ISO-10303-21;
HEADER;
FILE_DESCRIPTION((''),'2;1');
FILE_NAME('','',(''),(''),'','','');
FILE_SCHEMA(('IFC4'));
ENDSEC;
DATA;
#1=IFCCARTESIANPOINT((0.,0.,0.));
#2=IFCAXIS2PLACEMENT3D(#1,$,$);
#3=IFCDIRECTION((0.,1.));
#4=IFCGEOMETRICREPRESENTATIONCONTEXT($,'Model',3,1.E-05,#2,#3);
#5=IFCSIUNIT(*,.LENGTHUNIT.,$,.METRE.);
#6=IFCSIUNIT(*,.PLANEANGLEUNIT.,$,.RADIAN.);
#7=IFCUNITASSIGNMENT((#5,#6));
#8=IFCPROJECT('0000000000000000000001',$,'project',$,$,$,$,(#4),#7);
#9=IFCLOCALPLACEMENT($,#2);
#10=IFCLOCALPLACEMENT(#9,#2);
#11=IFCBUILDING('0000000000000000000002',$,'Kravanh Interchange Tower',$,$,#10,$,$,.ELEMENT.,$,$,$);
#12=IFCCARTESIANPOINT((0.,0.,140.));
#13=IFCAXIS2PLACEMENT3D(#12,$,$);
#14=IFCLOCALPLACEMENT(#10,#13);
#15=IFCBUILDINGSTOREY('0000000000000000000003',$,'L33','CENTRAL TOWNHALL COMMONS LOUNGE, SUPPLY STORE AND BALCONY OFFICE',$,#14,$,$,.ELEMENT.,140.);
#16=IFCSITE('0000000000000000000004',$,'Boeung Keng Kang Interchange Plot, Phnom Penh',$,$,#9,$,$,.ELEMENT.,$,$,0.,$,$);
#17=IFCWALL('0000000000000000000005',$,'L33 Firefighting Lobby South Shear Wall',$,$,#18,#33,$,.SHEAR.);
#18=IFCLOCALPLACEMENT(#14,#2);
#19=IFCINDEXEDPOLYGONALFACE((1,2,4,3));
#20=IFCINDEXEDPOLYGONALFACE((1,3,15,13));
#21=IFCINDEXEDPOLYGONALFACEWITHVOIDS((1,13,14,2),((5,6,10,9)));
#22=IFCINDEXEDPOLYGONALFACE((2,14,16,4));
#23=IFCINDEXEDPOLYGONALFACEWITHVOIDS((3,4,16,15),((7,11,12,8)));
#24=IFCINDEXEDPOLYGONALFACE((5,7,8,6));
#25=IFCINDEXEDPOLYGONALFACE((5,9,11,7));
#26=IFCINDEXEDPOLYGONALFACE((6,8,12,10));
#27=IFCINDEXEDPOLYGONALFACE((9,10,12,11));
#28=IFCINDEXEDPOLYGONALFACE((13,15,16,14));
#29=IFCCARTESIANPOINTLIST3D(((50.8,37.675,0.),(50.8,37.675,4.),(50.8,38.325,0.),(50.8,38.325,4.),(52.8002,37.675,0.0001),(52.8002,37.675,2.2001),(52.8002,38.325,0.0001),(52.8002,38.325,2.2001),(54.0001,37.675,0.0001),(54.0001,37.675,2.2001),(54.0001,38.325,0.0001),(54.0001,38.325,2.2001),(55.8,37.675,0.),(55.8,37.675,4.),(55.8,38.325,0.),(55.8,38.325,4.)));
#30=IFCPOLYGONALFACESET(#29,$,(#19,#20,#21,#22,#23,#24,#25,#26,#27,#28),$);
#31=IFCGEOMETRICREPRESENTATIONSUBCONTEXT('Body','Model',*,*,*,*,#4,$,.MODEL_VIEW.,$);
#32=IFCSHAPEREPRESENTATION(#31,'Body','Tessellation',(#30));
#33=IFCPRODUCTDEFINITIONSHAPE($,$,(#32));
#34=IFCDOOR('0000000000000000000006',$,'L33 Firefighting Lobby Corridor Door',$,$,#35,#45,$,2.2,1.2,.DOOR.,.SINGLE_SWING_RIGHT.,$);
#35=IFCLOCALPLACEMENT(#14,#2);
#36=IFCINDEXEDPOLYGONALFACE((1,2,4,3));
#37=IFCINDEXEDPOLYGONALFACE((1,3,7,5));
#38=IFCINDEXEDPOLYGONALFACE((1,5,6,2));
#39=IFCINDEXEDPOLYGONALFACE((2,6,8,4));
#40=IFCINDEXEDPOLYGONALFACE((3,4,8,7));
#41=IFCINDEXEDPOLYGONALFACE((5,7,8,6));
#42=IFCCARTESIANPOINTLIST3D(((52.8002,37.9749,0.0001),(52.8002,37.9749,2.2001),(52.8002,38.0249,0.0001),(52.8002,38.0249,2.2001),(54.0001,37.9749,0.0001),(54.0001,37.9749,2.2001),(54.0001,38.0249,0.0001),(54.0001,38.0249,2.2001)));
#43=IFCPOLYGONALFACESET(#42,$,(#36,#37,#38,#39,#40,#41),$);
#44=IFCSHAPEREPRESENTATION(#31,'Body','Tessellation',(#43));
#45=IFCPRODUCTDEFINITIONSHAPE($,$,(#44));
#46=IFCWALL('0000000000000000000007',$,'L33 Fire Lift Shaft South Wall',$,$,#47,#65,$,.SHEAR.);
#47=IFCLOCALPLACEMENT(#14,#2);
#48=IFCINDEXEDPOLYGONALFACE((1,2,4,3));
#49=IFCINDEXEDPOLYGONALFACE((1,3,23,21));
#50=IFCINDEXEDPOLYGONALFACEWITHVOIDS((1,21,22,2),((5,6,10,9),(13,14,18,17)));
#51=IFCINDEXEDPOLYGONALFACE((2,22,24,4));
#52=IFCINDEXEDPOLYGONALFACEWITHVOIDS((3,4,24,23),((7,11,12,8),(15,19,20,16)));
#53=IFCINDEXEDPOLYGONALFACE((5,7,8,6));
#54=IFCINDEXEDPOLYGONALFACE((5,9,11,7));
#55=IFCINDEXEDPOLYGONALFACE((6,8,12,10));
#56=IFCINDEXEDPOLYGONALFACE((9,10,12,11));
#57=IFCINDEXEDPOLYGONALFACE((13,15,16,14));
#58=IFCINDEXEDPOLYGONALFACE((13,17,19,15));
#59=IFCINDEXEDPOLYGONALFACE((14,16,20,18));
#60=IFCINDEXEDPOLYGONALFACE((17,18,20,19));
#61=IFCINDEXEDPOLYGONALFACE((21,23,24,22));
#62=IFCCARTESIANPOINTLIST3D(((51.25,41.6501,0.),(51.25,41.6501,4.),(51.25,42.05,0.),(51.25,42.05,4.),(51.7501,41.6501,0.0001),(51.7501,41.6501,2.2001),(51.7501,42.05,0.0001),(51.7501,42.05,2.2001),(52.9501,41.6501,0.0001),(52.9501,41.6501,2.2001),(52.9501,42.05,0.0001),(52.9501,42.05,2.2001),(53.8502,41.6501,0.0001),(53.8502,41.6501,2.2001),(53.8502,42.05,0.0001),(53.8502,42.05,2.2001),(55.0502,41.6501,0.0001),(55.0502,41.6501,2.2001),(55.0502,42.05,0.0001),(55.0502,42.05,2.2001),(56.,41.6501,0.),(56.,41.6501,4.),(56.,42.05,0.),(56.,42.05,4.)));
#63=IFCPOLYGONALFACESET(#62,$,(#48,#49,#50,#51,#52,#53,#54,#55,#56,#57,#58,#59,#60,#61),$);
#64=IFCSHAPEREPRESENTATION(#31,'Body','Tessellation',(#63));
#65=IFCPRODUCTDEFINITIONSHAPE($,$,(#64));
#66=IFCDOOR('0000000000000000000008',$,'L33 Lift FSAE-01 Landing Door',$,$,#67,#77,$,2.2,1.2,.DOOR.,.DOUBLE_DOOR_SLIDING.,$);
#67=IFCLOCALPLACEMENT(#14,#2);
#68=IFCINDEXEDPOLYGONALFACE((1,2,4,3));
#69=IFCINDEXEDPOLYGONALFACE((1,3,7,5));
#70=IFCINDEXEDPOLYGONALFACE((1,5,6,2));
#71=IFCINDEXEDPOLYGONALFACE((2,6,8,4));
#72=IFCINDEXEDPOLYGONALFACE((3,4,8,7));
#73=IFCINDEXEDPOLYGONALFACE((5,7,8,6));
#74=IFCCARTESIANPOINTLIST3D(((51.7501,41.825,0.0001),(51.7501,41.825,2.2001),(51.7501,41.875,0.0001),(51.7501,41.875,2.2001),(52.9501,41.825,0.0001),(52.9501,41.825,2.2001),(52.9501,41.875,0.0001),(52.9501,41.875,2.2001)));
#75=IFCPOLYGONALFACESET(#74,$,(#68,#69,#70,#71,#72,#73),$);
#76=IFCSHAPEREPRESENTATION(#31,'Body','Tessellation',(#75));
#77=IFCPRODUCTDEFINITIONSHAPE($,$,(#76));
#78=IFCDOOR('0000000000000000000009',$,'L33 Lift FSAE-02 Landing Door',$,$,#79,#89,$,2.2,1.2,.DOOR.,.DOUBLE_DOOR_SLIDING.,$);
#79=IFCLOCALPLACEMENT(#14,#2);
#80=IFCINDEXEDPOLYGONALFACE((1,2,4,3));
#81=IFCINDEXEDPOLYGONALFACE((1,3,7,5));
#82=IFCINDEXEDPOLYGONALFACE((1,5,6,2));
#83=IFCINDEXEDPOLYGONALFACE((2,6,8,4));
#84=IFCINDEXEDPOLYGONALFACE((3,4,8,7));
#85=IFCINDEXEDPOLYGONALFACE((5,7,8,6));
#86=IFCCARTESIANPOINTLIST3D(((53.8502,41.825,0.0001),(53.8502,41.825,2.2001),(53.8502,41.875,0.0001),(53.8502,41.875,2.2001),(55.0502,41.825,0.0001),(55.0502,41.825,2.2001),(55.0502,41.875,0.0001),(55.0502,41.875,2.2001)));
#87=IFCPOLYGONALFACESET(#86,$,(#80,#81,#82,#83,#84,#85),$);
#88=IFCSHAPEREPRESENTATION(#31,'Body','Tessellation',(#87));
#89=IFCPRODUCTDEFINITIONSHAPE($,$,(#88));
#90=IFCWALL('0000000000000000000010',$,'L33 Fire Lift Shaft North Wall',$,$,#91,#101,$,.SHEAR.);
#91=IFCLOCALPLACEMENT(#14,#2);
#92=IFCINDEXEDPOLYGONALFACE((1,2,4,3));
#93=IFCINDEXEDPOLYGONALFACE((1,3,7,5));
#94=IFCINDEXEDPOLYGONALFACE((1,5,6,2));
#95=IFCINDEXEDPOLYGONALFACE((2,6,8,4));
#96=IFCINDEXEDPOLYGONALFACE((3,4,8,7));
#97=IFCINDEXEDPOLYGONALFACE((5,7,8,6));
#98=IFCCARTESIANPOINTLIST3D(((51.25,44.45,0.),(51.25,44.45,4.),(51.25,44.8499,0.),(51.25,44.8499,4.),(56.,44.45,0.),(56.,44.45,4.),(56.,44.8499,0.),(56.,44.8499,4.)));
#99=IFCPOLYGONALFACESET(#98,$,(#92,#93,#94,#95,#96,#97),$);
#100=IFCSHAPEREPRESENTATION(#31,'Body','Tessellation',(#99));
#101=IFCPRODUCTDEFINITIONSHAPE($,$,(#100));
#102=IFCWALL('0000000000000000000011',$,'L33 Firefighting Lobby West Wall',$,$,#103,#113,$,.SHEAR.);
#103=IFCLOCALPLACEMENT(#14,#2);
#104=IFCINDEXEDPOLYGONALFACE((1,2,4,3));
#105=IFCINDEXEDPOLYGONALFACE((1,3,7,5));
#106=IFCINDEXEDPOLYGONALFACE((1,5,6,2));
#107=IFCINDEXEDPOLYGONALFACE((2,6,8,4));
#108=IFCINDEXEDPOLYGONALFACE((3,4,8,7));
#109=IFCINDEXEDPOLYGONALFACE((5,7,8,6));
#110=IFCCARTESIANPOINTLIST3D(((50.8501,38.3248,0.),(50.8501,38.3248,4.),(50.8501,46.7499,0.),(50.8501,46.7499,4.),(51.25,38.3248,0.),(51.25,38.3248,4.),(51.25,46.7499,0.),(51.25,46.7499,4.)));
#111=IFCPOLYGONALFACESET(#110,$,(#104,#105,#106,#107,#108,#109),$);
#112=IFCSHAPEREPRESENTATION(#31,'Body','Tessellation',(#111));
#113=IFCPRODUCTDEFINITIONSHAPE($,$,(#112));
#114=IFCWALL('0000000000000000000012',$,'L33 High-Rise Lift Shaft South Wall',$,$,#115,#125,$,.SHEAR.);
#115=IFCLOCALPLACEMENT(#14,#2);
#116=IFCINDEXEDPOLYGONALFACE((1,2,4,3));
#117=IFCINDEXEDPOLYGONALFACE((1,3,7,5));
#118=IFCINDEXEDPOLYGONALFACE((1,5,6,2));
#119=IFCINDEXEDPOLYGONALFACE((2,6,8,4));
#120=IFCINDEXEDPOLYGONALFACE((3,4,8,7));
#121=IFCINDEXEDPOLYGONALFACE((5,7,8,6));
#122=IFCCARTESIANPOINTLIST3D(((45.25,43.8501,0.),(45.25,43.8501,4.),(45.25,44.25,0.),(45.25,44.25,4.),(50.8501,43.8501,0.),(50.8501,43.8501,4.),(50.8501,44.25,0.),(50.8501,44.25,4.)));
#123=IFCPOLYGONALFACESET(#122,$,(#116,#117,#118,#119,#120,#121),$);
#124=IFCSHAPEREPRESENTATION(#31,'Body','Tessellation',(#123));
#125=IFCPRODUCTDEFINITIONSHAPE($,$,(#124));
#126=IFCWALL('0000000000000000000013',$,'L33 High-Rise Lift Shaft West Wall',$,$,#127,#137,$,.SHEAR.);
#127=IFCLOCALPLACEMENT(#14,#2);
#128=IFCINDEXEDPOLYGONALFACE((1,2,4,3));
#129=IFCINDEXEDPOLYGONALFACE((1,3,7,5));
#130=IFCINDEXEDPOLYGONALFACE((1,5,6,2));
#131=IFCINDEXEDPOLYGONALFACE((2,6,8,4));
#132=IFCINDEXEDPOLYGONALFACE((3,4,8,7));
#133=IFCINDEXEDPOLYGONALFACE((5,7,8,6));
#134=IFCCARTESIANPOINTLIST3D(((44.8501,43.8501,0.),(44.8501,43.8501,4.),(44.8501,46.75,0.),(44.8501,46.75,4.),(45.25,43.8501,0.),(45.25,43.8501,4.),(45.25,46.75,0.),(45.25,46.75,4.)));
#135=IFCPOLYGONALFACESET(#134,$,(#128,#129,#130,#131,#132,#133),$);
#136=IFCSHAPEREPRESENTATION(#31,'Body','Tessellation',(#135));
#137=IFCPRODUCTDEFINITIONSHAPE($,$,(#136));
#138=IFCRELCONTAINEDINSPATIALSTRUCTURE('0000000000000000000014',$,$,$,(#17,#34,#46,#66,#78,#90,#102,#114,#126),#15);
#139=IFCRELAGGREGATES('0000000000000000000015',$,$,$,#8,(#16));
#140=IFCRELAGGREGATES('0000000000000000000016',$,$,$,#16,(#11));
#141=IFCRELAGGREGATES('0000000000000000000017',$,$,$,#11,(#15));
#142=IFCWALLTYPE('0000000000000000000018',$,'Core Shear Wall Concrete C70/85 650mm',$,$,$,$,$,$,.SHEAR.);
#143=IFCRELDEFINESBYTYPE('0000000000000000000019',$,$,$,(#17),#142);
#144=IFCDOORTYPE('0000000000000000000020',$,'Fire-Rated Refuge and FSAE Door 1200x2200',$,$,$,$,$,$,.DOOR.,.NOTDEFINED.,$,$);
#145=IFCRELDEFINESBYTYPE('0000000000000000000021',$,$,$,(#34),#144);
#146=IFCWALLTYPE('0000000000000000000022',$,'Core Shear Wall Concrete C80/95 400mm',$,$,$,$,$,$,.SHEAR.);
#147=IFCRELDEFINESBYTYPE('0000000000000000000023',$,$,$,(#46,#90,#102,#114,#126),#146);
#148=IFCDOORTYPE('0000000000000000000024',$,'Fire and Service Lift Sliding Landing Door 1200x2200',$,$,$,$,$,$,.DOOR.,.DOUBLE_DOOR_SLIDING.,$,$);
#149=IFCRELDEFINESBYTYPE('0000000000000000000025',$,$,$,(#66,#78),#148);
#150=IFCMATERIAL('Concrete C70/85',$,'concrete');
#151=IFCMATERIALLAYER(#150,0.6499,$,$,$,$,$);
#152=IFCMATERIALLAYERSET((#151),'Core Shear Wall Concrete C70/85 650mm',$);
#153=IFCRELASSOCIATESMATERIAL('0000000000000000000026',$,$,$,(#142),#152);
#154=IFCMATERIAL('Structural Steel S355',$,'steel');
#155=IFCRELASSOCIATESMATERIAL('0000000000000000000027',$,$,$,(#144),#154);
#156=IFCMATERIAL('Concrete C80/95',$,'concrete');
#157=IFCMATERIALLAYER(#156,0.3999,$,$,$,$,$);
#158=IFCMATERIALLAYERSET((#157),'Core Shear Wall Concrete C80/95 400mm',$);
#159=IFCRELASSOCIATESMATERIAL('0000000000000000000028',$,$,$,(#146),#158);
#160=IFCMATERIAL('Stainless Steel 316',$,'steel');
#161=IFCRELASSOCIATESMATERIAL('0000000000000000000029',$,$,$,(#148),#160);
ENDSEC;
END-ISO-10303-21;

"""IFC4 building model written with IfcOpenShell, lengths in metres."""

from ifc_helpers import new_model, si_unit, direction, frame, frame_2d, origin, place, context, subcontext, project, spatial, rectangle, extrude, material, layer, layer_set, type_object, element, fill, save


model = new_model("IFC4")

# Units and contexts
model_context = context("Model", 3, precision=1e-05, world=origin(), true_north=direction((0.0, 1.0)))
body_context = subcontext(model_context, "Body", "Model", "MODEL_VIEW")
ifc_project = project(units=[si_unit("LENGTHUNIT", "METRE"), si_unit("PLANEANGLEUNIT", "RADIAN")], contexts=[model_context])

# Site, building, storey
site_placement = place(None, origin())
site = spatial("IfcSite", under=ifc_project, at=site_placement, Name="Boeung Keng Kang Interchange Plot, Phnom Penh", CompositionType="ELEMENT", RefElevation=0.0)
building_placement = place(site_placement, origin())
building = spatial("IfcBuilding", under=site, at=building_placement, Name="Kravanh Interchange Tower", CompositionType="ELEMENT")
storey_placement = place(building_placement, frame((0.0, 0.0, 140.0)))
storey = spatial("IfcBuildingStorey", under=building, at=storey_placement, Name="L33", Description="CENTRAL TOWNHALL COMMONS LOUNGE, SUPPLY STORE AND BALCONY OFFICE", CompositionType="ELEMENT", Elevation=140.0)

# Shared definitions
ifc_material_1 = material(Name="Concrete C70/85", Category="concrete")
ifc_layer_1 = layer(ifc_material_1, 0.6499)
ifc_layer_set_1 = layer_set([ifc_layer_1], Name="Core Shear Wall Concrete C70/85 650mm")
wall_type_1 = type_object("IfcWallType", Name="Core Shear Wall Concrete C70/85 650mm", PredefinedType="SHEAR", material=ifc_layer_set_1)

# Wall, opening, door
wall_1_placement = place(storey_placement, frame((50.8, 38.0, 0.0), z_axis=(0.0, 0.0, 1.0), x_axis=(1.0, 0.0, 0.0)))
wall_1 = element("IfcWall", 1, at=wall_1_placement, inside=storey, type_object=wall_type_1, Name="L33 Firefighting Lobby South Shear Wall", PredefinedType="SHEAR", context=body_context, shape_type="SweptSolid", body=[
    extrude(rectangle(XDim=5.0, YDim=0.6499, at=frame_2d((2.5, 0.0))), origin(), (0.0, 0.0, 1.0), 4.0),
])
opening_1_placement = place(wall_1_placement, frame((2.0, 0.0, 0.0)))
opening_1 = element("IfcOpeningElement", 2, at=opening_1_placement, cuts=wall_1, PredefinedType="OPENING", context=body_context, shape_type="SweptSolid", body=[
    extrude(rectangle(XDim=1.2, YDim=2.2, at=frame_2d((0.6001, 1.1001))), frame((0.0, 0.335, 0.0), z_axis=(0.0, -1.0, 0.0), x_axis=(1.0, 0.0, 0.0)), (0.0, 0.0, 1.0), 0.6699),
])
ifc_material_2 = material(Name="Structural Steel S355", Category="steel")
door_type_1 = type_object("IfcDoorType", Name="Fire-Rated Refuge and FSAE Door 1200x2200", OperationType="NOTDEFINED", PredefinedType="DOOR", material=ifc_material_2)
door_1_placement = place(opening_1_placement, origin())
door_1 = element("IfcDoor", 3, at=door_1_placement, inside=storey, type_object=door_type_1, Name="L33 Firefighting Lobby Corridor Door", OperationType="SINGLE_SWING_RIGHT", OverallHeight=2.2, OverallWidth=1.2, PredefinedType="DOOR", context=body_context, shape_type="SweptSolid", body=[
    extrude(rectangle(XDim=1.2, YDim=2.2, at=frame_2d((0.6001, 1.1001))), frame((0.0, 0.0249, 0.0), z_axis=(0.0, -1.0, 0.0), x_axis=(1.0, 0.0, 0.0)), (0.0, 0.0, 1.0), 0.05),
])
fill(opening_1, door_1)

# Wall, openings, doors
ifc_material_3 = material(Name="Concrete C80/95", Category="concrete")
ifc_layer_2 = layer(ifc_material_3, 0.3999)
ifc_layer_set_2 = layer_set([ifc_layer_2], Name="Core Shear Wall Concrete C80/95 400mm")
wall_type_2 = type_object("IfcWallType", Name="Core Shear Wall Concrete C80/95 400mm", PredefinedType="SHEAR", material=ifc_layer_set_2)
wall_2_placement = place(storey_placement, frame((51.25, 41.8501, 0.0), z_axis=(0.0, 0.0, 1.0), x_axis=(1.0, 0.0, 0.0)))
wall_2 = element("IfcWall", 4, at=wall_2_placement, inside=storey, type_object=wall_type_2, Name="L33 Fire Lift Shaft South Wall", PredefinedType="SHEAR", context=body_context, shape_type="SweptSolid", body=[
    extrude(rectangle(XDim=4.75, YDim=0.3999, at=frame_2d((2.375, 0.0))), origin(), (0.0, 0.0, 1.0), 4.0),
])
opening_2_placement = place(wall_2_placement, frame((0.5, 0.0, 0.0)))
opening_2 = element("IfcOpeningElement", 5, at=opening_2_placement, cuts=wall_2, PredefinedType="OPENING", context=body_context, shape_type="SweptSolid", body=[
    extrude(rectangle(XDim=1.2, YDim=2.2, at=frame_2d((0.6001, 1.1001))), frame((0.0, 0.21, 0.0), z_axis=(0.0, -1.0, 0.0), x_axis=(1.0, 0.0, 0.0)), (0.0, 0.0, 1.0), 0.4199),
])
opening_3_placement = place(wall_2_placement, frame((2.6001, 0.0, 0.0)))
opening_3 = element("IfcOpeningElement", 6, at=opening_3_placement, cuts=wall_2, PredefinedType="OPENING", context=body_context, shape_type="SweptSolid", body=[
    extrude(rectangle(XDim=1.2, YDim=2.2, at=frame_2d((0.6001, 1.1001))), frame((0.0, 0.21, 0.0), z_axis=(0.0, -1.0, 0.0), x_axis=(1.0, 0.0, 0.0)), (0.0, 0.0, 1.0), 0.4199),
])
ifc_material_4 = material(Name="Stainless Steel 316", Category="steel")
door_type_2 = type_object("IfcDoorType", Name="Fire and Service Lift Sliding Landing Door 1200x2200", OperationType="DOUBLE_DOOR_SLIDING", PredefinedType="DOOR", material=ifc_material_4)
door_2_placement = place(opening_2_placement, origin())
door_2 = element("IfcDoor", 7, at=door_2_placement, inside=storey, type_object=door_type_2, Name="L33 Lift FSAE-01 Landing Door", OperationType="DOUBLE_DOOR_SLIDING", OverallHeight=2.2, OverallWidth=1.2, PredefinedType="DOOR", context=body_context, shape_type="SweptSolid", body=[
    extrude(rectangle(XDim=1.2, YDim=2.2, at=frame_2d((0.6001, 1.1001))), frame((0.0, 0.0249, 0.0), z_axis=(0.0, -1.0, 0.0), x_axis=(1.0, 0.0, 0.0)), (0.0, 0.0, 1.0), 0.05),
])
fill(opening_2, door_2)
door_3_placement = place(opening_3_placement, origin())
door_3 = element("IfcDoor", 8, at=door_3_placement, inside=storey, type_object=door_type_2, Name="L33 Lift FSAE-02 Landing Door", OperationType="DOUBLE_DOOR_SLIDING", OverallHeight=2.2, OverallWidth=1.2, PredefinedType="DOOR", context=body_context, shape_type="SweptSolid", body=[
    extrude(rectangle(XDim=1.2, YDim=2.2, at=frame_2d((0.6001, 1.1001))), frame((0.0, 0.0249, 0.0), z_axis=(0.0, -1.0, 0.0), x_axis=(1.0, 0.0, 0.0)), (0.0, 0.0, 1.0), 0.05),
])
fill(opening_3, door_3)

# Walls
wall_3_placement = place(storey_placement, frame((51.25, 44.6499, 0.0), z_axis=(0.0, 0.0, 1.0), x_axis=(1.0, 0.0, 0.0)))
element("IfcWall", 9, at=wall_3_placement, inside=storey, type_object=wall_type_2, Name="L33 Fire Lift Shaft North Wall", PredefinedType="SHEAR", context=body_context, shape_type="SweptSolid", body=[
    extrude(rectangle(XDim=4.75, YDim=0.3999, at=frame_2d((2.375, 0.0))), origin(), (0.0, 0.0, 1.0), 4.0),
])
wall_4_placement = place(storey_placement, frame((51.05, 38.325, 0.0), z_axis=(0.0, 0.0, 1.0), x_axis=(0.0, 1.0, 0.0)))
element("IfcWall", 10, at=wall_4_placement, inside=storey, type_object=wall_type_2, Name="L33 Firefighting Lobby West Wall", PredefinedType="SHEAR", context=body_context, shape_type="SweptSolid", body=[
    extrude(rectangle(XDim=8.425, YDim=0.3999, at=frame_2d((4.2124, 0.0))), origin(), (0.0, 0.0, 1.0), 4.0),
])
wall_5_placement = place(storey_placement, frame((45.25, 44.05, 0.0), z_axis=(0.0, 0.0, 1.0), x_axis=(1.0, 0.0, 0.0)))
element("IfcWall", 11, at=wall_5_placement, inside=storey, type_object=wall_type_2, Name="L33 High-Rise Lift Shaft South Wall", PredefinedType="SHEAR", context=body_context, shape_type="SweptSolid", body=[
    extrude(rectangle(XDim=5.6001, YDim=0.3999, at=frame_2d((2.8, 0.0))), origin(), (0.0, 0.0, 1.0), 4.0),
])
wall_6_placement = place(storey_placement, frame((45.05, 43.8501, 0.0), z_axis=(0.0, 0.0, 1.0), x_axis=(0.0, 1.0, 0.0)))
element("IfcWall", 12, at=wall_6_placement, inside=storey, type_object=wall_type_2, Name="L33 High-Rise Lift Shaft West Wall", PredefinedType="SHEAR", context=body_context, shape_type="SweptSolid", body=[
    extrude(rectangle(XDim=2.8999, YDim=0.3999, at=frame_2d((1.45, 0.0))), origin(), (0.0, 0.0, 1.0), 4.0),
])

save(model, "model.ifc")
